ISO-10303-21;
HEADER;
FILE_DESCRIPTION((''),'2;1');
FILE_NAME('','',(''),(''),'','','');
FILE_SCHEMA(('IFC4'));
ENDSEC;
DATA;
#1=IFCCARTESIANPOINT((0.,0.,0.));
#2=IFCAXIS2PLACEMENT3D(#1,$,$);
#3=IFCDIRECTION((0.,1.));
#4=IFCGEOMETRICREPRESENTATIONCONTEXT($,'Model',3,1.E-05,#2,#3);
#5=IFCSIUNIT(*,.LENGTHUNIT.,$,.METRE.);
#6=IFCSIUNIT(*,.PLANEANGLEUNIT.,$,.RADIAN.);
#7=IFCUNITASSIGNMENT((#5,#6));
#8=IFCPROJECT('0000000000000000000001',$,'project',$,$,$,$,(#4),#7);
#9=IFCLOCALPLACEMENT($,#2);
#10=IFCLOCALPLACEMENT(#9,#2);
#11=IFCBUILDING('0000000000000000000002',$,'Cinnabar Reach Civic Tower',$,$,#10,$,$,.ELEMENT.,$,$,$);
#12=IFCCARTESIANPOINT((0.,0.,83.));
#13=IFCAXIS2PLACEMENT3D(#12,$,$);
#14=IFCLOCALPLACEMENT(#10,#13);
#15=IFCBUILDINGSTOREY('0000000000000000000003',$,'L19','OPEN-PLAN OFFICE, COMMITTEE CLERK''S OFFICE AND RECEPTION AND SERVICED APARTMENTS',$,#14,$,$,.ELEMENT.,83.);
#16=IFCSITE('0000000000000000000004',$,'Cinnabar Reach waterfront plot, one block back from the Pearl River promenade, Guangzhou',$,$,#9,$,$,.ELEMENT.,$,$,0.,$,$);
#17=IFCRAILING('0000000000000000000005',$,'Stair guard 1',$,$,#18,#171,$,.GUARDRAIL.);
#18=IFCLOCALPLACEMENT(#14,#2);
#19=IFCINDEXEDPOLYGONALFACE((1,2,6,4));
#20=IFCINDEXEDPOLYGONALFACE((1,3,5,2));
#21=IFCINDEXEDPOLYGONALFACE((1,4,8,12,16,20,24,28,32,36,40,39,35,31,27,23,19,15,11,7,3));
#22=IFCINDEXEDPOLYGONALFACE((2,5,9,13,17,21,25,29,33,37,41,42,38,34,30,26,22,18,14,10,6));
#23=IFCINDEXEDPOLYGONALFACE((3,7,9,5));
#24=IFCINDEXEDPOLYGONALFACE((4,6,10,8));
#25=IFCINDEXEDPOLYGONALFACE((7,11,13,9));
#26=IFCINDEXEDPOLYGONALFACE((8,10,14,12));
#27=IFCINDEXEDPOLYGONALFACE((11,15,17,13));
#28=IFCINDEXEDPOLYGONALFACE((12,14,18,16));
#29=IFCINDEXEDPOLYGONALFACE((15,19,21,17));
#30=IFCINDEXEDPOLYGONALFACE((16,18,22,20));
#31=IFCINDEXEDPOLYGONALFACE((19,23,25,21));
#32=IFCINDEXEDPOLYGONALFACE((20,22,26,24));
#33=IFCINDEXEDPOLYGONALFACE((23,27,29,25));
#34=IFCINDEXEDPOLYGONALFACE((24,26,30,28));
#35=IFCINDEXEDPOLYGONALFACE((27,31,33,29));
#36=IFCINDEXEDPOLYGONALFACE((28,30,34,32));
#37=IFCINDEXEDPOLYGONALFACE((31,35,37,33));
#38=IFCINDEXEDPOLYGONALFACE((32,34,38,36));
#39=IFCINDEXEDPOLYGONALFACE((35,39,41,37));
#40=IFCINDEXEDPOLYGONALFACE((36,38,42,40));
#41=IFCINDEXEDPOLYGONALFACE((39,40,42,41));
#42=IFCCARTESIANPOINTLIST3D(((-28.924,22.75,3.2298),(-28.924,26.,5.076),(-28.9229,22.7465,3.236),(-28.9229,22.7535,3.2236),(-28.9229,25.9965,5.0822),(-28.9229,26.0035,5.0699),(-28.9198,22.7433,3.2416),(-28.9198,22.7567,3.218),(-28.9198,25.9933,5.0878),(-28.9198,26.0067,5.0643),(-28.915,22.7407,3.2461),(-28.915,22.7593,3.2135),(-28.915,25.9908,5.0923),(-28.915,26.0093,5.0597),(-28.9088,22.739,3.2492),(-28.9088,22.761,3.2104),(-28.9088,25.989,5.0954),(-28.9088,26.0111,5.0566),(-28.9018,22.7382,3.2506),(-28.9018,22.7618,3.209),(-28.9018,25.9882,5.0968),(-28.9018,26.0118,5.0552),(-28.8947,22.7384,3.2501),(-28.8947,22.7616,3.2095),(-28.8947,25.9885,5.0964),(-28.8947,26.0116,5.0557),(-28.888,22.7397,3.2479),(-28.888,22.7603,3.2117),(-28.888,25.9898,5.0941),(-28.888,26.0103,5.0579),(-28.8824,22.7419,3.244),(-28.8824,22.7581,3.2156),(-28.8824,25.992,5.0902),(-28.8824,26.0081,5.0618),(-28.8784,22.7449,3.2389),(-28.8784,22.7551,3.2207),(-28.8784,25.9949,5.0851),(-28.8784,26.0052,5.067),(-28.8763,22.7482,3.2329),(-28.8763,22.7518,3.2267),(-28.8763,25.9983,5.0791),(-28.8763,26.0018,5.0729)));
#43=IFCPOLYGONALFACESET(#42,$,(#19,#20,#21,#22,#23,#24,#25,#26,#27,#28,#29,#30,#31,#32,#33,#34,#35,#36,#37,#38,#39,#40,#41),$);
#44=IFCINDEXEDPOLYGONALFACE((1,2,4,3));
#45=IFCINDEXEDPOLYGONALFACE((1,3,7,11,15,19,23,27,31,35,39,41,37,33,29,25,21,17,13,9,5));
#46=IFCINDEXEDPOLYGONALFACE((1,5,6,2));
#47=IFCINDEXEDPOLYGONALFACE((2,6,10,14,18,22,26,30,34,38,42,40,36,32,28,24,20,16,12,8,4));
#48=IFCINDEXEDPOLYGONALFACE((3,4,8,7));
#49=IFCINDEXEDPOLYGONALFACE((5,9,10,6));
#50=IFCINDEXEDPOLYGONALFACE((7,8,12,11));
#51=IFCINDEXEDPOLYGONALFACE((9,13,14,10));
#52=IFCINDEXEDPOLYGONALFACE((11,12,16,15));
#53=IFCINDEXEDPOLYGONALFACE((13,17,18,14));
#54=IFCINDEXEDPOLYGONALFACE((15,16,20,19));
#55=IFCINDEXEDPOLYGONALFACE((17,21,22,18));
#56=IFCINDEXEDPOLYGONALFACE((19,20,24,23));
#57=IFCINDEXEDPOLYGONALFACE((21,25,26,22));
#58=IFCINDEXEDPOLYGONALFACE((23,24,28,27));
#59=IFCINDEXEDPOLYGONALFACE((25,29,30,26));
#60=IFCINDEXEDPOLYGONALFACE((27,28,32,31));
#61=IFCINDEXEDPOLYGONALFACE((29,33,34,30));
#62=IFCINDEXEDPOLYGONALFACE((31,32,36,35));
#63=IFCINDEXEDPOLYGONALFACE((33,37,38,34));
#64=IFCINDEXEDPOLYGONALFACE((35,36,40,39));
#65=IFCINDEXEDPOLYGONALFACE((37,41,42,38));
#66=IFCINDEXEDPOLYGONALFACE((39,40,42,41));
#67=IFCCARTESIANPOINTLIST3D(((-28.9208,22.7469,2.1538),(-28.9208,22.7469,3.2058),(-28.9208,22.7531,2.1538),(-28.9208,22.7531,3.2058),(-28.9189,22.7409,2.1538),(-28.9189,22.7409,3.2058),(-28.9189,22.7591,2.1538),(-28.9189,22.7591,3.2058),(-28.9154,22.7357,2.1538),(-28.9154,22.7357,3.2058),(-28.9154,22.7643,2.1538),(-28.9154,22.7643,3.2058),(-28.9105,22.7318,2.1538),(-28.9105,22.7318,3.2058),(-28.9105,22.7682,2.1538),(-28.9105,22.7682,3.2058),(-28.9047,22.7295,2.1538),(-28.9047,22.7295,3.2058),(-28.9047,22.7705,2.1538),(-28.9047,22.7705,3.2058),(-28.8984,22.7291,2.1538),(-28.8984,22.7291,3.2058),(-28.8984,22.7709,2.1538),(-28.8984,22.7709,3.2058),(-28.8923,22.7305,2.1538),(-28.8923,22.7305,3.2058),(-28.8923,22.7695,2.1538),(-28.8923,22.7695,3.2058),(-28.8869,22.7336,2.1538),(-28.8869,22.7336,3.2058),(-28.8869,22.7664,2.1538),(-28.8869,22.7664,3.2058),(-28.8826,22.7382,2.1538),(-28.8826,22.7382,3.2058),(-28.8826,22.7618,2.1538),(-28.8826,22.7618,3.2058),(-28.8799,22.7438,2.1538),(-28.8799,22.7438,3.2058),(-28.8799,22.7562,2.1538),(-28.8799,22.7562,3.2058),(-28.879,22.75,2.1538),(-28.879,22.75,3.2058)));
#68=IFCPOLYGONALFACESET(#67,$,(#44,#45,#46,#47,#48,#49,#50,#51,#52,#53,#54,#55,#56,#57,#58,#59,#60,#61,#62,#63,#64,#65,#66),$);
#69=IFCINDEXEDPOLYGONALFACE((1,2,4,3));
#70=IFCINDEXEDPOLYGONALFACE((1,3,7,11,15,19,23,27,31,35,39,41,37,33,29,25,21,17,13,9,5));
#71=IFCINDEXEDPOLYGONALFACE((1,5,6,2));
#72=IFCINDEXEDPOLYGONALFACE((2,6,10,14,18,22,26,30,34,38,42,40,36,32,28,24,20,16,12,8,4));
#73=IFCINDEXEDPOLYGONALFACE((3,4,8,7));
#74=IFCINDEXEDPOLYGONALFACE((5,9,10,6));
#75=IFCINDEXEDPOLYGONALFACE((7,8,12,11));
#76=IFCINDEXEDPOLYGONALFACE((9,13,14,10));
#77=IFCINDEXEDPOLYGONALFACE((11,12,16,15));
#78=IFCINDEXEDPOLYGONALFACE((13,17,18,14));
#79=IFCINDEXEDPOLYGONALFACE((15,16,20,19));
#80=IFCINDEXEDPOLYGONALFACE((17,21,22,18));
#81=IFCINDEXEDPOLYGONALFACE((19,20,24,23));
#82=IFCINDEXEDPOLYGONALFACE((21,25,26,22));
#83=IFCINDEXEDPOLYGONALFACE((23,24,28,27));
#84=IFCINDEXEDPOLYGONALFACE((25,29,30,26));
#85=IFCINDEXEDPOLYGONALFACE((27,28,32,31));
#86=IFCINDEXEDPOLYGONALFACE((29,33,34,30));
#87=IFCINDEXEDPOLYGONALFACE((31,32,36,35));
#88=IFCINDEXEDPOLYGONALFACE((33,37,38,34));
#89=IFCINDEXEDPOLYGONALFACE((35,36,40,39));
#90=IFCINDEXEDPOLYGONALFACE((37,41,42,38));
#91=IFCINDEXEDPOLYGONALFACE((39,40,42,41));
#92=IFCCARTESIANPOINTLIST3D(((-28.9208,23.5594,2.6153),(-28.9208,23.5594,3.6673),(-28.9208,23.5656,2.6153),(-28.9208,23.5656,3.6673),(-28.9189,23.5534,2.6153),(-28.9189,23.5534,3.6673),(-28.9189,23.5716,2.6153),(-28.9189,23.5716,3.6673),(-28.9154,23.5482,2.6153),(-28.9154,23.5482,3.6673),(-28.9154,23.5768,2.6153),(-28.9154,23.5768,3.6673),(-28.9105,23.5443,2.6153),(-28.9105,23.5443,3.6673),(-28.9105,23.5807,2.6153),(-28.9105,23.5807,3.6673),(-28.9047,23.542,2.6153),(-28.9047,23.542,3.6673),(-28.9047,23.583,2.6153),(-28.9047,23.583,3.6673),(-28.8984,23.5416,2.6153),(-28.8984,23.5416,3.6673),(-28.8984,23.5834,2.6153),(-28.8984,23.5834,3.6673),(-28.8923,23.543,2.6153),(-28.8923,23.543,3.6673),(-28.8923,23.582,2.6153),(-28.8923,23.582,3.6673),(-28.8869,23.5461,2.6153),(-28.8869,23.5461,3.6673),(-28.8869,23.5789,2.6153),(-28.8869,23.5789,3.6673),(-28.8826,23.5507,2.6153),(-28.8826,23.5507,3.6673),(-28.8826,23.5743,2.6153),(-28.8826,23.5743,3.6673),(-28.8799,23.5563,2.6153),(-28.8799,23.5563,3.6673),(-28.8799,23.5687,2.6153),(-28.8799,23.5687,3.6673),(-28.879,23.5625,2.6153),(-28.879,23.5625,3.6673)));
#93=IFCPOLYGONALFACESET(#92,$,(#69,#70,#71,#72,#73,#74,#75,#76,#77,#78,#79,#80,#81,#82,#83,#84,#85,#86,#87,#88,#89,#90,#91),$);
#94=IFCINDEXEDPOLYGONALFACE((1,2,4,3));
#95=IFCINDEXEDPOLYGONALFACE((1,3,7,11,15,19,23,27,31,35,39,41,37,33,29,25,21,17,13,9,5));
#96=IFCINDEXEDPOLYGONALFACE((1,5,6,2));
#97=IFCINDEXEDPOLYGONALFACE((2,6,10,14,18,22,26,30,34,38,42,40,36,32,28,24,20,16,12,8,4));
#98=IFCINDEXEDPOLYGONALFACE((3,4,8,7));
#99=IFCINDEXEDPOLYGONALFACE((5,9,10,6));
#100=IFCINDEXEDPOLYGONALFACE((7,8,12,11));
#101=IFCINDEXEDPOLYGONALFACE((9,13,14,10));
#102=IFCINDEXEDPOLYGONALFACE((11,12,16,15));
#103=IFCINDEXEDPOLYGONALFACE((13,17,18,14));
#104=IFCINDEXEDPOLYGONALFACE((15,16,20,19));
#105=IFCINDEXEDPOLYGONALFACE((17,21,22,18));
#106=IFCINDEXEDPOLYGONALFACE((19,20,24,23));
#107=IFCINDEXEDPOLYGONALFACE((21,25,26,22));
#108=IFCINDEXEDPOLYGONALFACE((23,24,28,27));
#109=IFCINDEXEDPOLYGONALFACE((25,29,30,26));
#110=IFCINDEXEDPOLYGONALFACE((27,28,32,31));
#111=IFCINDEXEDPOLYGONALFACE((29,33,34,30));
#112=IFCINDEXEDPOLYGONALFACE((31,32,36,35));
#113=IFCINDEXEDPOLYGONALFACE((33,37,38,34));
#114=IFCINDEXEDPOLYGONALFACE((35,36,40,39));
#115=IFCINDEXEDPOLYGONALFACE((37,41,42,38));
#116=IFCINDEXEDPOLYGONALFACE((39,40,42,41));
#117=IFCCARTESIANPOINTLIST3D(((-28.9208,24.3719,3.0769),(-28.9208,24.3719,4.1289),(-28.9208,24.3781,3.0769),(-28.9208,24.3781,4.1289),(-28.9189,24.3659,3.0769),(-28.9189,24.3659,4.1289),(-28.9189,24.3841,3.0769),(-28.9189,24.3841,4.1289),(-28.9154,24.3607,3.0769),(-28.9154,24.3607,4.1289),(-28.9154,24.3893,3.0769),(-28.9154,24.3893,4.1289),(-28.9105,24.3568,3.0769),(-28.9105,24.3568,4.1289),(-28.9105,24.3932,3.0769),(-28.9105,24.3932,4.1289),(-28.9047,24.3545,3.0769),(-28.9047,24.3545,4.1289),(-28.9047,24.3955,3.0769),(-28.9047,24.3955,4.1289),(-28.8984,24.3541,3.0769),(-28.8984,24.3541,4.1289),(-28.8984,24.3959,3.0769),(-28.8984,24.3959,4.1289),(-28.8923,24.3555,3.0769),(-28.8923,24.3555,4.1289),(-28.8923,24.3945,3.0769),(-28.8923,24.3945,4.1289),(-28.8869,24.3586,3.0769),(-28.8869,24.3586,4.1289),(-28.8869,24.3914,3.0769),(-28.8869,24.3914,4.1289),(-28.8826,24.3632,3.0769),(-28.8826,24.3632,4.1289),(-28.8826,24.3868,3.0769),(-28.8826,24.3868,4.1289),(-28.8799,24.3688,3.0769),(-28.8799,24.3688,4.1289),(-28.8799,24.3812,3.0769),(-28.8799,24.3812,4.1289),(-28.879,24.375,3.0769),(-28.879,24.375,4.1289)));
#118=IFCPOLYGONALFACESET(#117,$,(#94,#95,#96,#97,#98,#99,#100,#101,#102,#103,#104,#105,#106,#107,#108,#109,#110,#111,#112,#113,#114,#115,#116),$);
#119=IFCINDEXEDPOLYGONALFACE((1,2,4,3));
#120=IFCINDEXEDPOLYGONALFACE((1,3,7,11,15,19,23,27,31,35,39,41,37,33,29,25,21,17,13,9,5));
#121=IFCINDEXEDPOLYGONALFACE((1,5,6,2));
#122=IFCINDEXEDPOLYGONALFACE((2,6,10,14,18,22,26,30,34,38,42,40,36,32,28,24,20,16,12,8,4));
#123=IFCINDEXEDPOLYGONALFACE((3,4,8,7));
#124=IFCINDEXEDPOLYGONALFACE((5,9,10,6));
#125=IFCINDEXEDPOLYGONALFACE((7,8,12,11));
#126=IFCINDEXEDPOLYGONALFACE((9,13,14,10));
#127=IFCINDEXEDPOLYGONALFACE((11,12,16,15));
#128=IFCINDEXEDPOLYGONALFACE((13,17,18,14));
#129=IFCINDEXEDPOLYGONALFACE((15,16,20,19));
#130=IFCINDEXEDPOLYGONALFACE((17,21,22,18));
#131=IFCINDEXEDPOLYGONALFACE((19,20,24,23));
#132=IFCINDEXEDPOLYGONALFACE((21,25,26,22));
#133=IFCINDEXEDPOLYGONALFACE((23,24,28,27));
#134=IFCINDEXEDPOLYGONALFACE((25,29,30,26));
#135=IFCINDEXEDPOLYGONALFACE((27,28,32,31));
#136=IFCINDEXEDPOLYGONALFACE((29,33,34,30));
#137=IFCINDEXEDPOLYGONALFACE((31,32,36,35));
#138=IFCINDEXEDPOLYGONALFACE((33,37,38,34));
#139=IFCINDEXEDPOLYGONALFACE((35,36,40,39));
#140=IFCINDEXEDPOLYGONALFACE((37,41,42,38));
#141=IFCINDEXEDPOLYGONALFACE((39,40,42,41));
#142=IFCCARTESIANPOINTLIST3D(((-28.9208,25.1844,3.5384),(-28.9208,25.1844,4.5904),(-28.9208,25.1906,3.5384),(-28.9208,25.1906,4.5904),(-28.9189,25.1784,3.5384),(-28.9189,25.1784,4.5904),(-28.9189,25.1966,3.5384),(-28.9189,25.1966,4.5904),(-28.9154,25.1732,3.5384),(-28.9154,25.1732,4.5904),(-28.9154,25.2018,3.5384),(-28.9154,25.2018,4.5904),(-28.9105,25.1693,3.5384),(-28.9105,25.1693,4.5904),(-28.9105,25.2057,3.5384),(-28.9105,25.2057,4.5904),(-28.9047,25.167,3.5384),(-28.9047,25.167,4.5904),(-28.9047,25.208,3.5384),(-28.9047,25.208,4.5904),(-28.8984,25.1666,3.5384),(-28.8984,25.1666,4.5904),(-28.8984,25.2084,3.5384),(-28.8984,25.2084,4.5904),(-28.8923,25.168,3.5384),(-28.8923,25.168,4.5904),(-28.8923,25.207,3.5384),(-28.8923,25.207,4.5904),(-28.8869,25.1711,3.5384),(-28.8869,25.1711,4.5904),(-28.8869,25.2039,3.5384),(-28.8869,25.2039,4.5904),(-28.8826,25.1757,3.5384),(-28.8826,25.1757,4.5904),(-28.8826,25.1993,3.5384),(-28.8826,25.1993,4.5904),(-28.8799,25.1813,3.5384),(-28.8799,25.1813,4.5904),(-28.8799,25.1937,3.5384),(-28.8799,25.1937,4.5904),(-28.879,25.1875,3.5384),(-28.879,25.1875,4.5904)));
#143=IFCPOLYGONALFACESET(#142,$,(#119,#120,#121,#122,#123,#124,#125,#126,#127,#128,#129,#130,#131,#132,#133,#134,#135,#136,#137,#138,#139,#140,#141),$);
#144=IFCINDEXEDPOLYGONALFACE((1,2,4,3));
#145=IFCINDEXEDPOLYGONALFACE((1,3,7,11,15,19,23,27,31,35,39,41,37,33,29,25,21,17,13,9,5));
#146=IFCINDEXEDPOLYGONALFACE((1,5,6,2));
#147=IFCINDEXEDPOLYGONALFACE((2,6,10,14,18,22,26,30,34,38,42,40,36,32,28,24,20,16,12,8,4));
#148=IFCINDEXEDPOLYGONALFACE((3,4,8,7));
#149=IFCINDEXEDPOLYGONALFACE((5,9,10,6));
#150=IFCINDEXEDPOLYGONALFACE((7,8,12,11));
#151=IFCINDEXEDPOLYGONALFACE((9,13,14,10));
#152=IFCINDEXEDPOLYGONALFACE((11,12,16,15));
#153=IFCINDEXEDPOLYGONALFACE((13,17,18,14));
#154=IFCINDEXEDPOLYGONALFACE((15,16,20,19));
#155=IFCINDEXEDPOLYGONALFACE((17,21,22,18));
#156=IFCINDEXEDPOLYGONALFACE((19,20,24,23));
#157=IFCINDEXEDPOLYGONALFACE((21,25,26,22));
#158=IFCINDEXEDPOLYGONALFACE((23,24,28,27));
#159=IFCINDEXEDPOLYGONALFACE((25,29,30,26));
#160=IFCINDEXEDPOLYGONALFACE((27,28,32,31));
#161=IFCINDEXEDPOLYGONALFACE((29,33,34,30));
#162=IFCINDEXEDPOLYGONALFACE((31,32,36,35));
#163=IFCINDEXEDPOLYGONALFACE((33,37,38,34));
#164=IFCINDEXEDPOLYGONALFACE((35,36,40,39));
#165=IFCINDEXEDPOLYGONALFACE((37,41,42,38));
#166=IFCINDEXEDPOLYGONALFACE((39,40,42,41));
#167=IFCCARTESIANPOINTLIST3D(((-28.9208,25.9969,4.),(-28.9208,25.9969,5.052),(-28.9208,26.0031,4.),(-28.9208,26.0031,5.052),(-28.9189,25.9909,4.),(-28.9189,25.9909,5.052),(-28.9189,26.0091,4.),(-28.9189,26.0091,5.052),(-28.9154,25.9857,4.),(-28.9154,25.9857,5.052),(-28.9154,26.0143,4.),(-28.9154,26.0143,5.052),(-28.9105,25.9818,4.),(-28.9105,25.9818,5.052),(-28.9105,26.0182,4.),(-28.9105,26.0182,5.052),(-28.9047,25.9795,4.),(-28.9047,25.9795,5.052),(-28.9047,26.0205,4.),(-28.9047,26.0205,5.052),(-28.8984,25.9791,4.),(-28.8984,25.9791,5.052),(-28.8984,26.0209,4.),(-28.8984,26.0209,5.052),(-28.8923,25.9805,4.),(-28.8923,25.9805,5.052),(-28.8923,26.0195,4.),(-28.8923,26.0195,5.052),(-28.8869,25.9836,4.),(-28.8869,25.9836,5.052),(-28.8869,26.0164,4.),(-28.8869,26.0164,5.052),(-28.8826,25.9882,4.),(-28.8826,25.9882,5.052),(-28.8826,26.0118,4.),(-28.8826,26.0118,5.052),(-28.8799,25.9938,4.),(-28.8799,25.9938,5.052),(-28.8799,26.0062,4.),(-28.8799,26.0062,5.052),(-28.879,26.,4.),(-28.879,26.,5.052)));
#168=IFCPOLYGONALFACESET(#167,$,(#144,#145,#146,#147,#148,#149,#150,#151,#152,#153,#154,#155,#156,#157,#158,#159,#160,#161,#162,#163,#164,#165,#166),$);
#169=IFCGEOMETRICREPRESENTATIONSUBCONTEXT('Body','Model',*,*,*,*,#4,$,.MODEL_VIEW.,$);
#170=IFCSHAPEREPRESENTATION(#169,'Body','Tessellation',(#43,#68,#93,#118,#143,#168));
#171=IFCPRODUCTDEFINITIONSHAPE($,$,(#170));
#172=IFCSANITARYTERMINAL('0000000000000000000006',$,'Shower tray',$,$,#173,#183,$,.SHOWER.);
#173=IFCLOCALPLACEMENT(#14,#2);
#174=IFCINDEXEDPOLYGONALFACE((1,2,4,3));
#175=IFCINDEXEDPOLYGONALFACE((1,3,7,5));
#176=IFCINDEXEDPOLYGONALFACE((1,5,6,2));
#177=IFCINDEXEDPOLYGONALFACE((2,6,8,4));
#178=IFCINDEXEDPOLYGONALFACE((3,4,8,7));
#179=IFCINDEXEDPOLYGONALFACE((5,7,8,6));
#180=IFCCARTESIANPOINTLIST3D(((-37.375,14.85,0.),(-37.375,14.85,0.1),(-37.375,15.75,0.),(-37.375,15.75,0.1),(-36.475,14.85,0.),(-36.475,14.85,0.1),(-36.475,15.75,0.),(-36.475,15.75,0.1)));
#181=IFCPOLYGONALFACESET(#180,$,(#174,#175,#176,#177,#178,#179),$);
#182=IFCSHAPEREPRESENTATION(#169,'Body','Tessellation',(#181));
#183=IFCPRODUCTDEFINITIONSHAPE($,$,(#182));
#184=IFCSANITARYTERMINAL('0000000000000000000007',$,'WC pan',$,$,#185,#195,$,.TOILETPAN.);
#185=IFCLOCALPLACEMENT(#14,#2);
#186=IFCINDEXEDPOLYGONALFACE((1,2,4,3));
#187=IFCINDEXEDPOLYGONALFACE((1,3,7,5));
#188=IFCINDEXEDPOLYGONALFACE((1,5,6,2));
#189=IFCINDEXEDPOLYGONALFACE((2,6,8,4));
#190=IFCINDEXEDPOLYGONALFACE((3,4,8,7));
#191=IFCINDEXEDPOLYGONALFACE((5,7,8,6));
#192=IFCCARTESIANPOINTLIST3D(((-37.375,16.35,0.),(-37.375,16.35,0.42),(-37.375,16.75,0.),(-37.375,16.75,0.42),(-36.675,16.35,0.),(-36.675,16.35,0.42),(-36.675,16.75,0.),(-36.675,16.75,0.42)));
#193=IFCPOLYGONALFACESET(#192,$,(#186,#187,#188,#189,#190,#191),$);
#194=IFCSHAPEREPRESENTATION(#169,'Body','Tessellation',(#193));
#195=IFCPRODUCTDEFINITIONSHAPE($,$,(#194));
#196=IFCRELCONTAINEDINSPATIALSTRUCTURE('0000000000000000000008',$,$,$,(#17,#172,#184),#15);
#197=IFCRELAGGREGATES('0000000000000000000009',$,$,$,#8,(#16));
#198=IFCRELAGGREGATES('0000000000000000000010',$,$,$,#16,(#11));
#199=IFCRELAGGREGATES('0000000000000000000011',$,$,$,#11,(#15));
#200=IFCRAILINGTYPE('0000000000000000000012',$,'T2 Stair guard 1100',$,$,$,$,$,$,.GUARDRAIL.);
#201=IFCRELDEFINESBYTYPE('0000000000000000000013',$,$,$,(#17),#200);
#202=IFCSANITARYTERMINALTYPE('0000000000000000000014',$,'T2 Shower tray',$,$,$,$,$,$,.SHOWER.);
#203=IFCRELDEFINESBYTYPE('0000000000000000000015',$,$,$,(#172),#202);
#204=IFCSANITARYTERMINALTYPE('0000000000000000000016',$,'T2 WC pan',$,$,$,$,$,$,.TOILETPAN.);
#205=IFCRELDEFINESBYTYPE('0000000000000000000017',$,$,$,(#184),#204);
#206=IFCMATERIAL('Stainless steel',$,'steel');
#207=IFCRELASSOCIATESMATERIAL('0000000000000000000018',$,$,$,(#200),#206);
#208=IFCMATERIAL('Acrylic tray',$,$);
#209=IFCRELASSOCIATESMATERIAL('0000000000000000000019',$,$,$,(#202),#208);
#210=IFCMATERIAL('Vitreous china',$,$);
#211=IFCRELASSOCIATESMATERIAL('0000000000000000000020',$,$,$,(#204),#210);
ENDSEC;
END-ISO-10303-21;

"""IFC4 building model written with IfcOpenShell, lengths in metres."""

from ifc_helpers import new_model, si_unit, direction, frame, origin, origin_2d, place, context, subcontext, project, spatial, rectangle, circle, extrude, material, type_object, element, save


model = new_model("IFC4")

# Units and contexts
model_context = context("Model", 3, precision=1e-05, world=origin(), true_north=direction((0.0, 1.0)))
body_context = subcontext(model_context, "Body", "Model", "MODEL_VIEW")
ifc_project = project(units=[si_unit("LENGTHUNIT", "METRE"), si_unit("PLANEANGLEUNIT", "RADIAN")], contexts=[model_context])

# Site, building, storey
site_placement = place(None, origin())
site = spatial("IfcSite", under=ifc_project, at=site_placement, Name="Cinnabar Reach waterfront plot, one block back from the Pearl River promenade, Guangzhou", CompositionType="ELEMENT", RefElevation=0.0)
building_placement = place(site_placement, origin())
building = spatial("IfcBuilding", under=site, at=building_placement, Name="Cinnabar Reach Civic Tower", CompositionType="ELEMENT")
storey_placement = place(building_placement, frame((0.0, 0.0, 83.0)))
storey = spatial("IfcBuildingStorey", under=building, at=storey_placement, Name="L19", Description="OPEN-PLAN OFFICE, COMMITTEE CLERK'S OFFICE AND RECEPTION AND SERVICED APARTMENTS", CompositionType="ELEMENT", Elevation=83.0)

# Railing
ifc_material_1 = material(Name="Stainless steel", Category="steel")
railing_type = type_object("IfcRailingType", Name="T2 Stair guard 1100", PredefinedType="GUARDRAIL", material=ifc_material_1)
railing_1_placement = place(storey_placement, frame((-28.9, 22.75, 2.1538)))
element("IfcRailing", 1, at=railing_1_placement, inside=storey, type_object=railing_type, Name="Stair guard 1", PredefinedType="GUARDRAIL", context=body_context, shape_type="SweptSolid", body=[
    extrude(circle(Radius=0.024, at=origin_2d()), frame((0.0, 0.0, 1.076), z_axis=(0.0, 0.869501, 0.49393), x_axis=(-1.0, 0.0, 0.0)), (0.0, 0.0, 1.0), 3.7378),
    extrude(circle(Radius=0.021, at=origin_2d()), origin(), (0.0, 0.0, 1.0), 1.052),
    extrude(circle(Radius=0.021, at=origin_2d()), frame((0.0, 0.8125, 0.4615)), (0.0, 0.0, 1.0), 1.052),
    extrude(circle(Radius=0.021, at=origin_2d()), frame((0.0, 1.625, 0.9231)), (0.0, 0.0, 1.0), 1.052),
    extrude(circle(Radius=0.021, at=origin_2d()), frame((0.0, 2.4375, 1.3846)), (0.0, 0.0, 1.0), 1.052),
    extrude(circle(Radius=0.021, at=origin_2d()), frame((0.0, 3.25, 1.8462)), (0.0, 0.0, 1.0), 1.052),
])

# Sanitary terminals
ifc_material_2 = material(Name="Acrylic tray")
sanitary_terminal_type_1 = type_object("IfcSanitaryTerminalType", Name="T2 Shower tray", PredefinedType="SHOWER", material=ifc_material_2)
sanitary_terminal_1_placement = place(storey_placement, frame((-36.925, 15.3, 0.0), z_axis=(0.0, 0.0, 1.0), x_axis=(1.0, 0.0, 0.0)))
element("IfcSanitaryTerminal", 2, at=sanitary_terminal_1_placement, inside=storey, type_object=sanitary_terminal_type_1, Name="Shower tray", PredefinedType="SHOWER", context=body_context, shape_type="SweptSolid", body=[
    extrude(rectangle(XDim=0.9, YDim=0.9, at=origin_2d()), origin(), (0.0, 0.0, 1.0), 0.1),
])
ifc_material_3 = material(Name="Vitreous china")
sanitary_terminal_type_2 = type_object("IfcSanitaryTerminalType", Name="T2 WC pan", PredefinedType="TOILETPAN", material=ifc_material_3)
sanitary_terminal_2_placement = place(storey_placement, frame((-37.025, 16.55, 0.0), z_axis=(0.0, 0.0, 1.0), x_axis=(1.0, 0.0, 0.0)))
element("IfcSanitaryTerminal", 3, at=sanitary_terminal_2_placement, inside=storey, type_object=sanitary_terminal_type_2, Name="WC pan", PredefinedType="TOILETPAN", context=body_context, shape_type="SweptSolid", body=[
    extrude(rectangle(XDim=0.7, YDim=0.4, at=origin_2d()), origin(), (0.0, 0.0, 1.0), 0.42),
])

save(model, "model.ifc")
